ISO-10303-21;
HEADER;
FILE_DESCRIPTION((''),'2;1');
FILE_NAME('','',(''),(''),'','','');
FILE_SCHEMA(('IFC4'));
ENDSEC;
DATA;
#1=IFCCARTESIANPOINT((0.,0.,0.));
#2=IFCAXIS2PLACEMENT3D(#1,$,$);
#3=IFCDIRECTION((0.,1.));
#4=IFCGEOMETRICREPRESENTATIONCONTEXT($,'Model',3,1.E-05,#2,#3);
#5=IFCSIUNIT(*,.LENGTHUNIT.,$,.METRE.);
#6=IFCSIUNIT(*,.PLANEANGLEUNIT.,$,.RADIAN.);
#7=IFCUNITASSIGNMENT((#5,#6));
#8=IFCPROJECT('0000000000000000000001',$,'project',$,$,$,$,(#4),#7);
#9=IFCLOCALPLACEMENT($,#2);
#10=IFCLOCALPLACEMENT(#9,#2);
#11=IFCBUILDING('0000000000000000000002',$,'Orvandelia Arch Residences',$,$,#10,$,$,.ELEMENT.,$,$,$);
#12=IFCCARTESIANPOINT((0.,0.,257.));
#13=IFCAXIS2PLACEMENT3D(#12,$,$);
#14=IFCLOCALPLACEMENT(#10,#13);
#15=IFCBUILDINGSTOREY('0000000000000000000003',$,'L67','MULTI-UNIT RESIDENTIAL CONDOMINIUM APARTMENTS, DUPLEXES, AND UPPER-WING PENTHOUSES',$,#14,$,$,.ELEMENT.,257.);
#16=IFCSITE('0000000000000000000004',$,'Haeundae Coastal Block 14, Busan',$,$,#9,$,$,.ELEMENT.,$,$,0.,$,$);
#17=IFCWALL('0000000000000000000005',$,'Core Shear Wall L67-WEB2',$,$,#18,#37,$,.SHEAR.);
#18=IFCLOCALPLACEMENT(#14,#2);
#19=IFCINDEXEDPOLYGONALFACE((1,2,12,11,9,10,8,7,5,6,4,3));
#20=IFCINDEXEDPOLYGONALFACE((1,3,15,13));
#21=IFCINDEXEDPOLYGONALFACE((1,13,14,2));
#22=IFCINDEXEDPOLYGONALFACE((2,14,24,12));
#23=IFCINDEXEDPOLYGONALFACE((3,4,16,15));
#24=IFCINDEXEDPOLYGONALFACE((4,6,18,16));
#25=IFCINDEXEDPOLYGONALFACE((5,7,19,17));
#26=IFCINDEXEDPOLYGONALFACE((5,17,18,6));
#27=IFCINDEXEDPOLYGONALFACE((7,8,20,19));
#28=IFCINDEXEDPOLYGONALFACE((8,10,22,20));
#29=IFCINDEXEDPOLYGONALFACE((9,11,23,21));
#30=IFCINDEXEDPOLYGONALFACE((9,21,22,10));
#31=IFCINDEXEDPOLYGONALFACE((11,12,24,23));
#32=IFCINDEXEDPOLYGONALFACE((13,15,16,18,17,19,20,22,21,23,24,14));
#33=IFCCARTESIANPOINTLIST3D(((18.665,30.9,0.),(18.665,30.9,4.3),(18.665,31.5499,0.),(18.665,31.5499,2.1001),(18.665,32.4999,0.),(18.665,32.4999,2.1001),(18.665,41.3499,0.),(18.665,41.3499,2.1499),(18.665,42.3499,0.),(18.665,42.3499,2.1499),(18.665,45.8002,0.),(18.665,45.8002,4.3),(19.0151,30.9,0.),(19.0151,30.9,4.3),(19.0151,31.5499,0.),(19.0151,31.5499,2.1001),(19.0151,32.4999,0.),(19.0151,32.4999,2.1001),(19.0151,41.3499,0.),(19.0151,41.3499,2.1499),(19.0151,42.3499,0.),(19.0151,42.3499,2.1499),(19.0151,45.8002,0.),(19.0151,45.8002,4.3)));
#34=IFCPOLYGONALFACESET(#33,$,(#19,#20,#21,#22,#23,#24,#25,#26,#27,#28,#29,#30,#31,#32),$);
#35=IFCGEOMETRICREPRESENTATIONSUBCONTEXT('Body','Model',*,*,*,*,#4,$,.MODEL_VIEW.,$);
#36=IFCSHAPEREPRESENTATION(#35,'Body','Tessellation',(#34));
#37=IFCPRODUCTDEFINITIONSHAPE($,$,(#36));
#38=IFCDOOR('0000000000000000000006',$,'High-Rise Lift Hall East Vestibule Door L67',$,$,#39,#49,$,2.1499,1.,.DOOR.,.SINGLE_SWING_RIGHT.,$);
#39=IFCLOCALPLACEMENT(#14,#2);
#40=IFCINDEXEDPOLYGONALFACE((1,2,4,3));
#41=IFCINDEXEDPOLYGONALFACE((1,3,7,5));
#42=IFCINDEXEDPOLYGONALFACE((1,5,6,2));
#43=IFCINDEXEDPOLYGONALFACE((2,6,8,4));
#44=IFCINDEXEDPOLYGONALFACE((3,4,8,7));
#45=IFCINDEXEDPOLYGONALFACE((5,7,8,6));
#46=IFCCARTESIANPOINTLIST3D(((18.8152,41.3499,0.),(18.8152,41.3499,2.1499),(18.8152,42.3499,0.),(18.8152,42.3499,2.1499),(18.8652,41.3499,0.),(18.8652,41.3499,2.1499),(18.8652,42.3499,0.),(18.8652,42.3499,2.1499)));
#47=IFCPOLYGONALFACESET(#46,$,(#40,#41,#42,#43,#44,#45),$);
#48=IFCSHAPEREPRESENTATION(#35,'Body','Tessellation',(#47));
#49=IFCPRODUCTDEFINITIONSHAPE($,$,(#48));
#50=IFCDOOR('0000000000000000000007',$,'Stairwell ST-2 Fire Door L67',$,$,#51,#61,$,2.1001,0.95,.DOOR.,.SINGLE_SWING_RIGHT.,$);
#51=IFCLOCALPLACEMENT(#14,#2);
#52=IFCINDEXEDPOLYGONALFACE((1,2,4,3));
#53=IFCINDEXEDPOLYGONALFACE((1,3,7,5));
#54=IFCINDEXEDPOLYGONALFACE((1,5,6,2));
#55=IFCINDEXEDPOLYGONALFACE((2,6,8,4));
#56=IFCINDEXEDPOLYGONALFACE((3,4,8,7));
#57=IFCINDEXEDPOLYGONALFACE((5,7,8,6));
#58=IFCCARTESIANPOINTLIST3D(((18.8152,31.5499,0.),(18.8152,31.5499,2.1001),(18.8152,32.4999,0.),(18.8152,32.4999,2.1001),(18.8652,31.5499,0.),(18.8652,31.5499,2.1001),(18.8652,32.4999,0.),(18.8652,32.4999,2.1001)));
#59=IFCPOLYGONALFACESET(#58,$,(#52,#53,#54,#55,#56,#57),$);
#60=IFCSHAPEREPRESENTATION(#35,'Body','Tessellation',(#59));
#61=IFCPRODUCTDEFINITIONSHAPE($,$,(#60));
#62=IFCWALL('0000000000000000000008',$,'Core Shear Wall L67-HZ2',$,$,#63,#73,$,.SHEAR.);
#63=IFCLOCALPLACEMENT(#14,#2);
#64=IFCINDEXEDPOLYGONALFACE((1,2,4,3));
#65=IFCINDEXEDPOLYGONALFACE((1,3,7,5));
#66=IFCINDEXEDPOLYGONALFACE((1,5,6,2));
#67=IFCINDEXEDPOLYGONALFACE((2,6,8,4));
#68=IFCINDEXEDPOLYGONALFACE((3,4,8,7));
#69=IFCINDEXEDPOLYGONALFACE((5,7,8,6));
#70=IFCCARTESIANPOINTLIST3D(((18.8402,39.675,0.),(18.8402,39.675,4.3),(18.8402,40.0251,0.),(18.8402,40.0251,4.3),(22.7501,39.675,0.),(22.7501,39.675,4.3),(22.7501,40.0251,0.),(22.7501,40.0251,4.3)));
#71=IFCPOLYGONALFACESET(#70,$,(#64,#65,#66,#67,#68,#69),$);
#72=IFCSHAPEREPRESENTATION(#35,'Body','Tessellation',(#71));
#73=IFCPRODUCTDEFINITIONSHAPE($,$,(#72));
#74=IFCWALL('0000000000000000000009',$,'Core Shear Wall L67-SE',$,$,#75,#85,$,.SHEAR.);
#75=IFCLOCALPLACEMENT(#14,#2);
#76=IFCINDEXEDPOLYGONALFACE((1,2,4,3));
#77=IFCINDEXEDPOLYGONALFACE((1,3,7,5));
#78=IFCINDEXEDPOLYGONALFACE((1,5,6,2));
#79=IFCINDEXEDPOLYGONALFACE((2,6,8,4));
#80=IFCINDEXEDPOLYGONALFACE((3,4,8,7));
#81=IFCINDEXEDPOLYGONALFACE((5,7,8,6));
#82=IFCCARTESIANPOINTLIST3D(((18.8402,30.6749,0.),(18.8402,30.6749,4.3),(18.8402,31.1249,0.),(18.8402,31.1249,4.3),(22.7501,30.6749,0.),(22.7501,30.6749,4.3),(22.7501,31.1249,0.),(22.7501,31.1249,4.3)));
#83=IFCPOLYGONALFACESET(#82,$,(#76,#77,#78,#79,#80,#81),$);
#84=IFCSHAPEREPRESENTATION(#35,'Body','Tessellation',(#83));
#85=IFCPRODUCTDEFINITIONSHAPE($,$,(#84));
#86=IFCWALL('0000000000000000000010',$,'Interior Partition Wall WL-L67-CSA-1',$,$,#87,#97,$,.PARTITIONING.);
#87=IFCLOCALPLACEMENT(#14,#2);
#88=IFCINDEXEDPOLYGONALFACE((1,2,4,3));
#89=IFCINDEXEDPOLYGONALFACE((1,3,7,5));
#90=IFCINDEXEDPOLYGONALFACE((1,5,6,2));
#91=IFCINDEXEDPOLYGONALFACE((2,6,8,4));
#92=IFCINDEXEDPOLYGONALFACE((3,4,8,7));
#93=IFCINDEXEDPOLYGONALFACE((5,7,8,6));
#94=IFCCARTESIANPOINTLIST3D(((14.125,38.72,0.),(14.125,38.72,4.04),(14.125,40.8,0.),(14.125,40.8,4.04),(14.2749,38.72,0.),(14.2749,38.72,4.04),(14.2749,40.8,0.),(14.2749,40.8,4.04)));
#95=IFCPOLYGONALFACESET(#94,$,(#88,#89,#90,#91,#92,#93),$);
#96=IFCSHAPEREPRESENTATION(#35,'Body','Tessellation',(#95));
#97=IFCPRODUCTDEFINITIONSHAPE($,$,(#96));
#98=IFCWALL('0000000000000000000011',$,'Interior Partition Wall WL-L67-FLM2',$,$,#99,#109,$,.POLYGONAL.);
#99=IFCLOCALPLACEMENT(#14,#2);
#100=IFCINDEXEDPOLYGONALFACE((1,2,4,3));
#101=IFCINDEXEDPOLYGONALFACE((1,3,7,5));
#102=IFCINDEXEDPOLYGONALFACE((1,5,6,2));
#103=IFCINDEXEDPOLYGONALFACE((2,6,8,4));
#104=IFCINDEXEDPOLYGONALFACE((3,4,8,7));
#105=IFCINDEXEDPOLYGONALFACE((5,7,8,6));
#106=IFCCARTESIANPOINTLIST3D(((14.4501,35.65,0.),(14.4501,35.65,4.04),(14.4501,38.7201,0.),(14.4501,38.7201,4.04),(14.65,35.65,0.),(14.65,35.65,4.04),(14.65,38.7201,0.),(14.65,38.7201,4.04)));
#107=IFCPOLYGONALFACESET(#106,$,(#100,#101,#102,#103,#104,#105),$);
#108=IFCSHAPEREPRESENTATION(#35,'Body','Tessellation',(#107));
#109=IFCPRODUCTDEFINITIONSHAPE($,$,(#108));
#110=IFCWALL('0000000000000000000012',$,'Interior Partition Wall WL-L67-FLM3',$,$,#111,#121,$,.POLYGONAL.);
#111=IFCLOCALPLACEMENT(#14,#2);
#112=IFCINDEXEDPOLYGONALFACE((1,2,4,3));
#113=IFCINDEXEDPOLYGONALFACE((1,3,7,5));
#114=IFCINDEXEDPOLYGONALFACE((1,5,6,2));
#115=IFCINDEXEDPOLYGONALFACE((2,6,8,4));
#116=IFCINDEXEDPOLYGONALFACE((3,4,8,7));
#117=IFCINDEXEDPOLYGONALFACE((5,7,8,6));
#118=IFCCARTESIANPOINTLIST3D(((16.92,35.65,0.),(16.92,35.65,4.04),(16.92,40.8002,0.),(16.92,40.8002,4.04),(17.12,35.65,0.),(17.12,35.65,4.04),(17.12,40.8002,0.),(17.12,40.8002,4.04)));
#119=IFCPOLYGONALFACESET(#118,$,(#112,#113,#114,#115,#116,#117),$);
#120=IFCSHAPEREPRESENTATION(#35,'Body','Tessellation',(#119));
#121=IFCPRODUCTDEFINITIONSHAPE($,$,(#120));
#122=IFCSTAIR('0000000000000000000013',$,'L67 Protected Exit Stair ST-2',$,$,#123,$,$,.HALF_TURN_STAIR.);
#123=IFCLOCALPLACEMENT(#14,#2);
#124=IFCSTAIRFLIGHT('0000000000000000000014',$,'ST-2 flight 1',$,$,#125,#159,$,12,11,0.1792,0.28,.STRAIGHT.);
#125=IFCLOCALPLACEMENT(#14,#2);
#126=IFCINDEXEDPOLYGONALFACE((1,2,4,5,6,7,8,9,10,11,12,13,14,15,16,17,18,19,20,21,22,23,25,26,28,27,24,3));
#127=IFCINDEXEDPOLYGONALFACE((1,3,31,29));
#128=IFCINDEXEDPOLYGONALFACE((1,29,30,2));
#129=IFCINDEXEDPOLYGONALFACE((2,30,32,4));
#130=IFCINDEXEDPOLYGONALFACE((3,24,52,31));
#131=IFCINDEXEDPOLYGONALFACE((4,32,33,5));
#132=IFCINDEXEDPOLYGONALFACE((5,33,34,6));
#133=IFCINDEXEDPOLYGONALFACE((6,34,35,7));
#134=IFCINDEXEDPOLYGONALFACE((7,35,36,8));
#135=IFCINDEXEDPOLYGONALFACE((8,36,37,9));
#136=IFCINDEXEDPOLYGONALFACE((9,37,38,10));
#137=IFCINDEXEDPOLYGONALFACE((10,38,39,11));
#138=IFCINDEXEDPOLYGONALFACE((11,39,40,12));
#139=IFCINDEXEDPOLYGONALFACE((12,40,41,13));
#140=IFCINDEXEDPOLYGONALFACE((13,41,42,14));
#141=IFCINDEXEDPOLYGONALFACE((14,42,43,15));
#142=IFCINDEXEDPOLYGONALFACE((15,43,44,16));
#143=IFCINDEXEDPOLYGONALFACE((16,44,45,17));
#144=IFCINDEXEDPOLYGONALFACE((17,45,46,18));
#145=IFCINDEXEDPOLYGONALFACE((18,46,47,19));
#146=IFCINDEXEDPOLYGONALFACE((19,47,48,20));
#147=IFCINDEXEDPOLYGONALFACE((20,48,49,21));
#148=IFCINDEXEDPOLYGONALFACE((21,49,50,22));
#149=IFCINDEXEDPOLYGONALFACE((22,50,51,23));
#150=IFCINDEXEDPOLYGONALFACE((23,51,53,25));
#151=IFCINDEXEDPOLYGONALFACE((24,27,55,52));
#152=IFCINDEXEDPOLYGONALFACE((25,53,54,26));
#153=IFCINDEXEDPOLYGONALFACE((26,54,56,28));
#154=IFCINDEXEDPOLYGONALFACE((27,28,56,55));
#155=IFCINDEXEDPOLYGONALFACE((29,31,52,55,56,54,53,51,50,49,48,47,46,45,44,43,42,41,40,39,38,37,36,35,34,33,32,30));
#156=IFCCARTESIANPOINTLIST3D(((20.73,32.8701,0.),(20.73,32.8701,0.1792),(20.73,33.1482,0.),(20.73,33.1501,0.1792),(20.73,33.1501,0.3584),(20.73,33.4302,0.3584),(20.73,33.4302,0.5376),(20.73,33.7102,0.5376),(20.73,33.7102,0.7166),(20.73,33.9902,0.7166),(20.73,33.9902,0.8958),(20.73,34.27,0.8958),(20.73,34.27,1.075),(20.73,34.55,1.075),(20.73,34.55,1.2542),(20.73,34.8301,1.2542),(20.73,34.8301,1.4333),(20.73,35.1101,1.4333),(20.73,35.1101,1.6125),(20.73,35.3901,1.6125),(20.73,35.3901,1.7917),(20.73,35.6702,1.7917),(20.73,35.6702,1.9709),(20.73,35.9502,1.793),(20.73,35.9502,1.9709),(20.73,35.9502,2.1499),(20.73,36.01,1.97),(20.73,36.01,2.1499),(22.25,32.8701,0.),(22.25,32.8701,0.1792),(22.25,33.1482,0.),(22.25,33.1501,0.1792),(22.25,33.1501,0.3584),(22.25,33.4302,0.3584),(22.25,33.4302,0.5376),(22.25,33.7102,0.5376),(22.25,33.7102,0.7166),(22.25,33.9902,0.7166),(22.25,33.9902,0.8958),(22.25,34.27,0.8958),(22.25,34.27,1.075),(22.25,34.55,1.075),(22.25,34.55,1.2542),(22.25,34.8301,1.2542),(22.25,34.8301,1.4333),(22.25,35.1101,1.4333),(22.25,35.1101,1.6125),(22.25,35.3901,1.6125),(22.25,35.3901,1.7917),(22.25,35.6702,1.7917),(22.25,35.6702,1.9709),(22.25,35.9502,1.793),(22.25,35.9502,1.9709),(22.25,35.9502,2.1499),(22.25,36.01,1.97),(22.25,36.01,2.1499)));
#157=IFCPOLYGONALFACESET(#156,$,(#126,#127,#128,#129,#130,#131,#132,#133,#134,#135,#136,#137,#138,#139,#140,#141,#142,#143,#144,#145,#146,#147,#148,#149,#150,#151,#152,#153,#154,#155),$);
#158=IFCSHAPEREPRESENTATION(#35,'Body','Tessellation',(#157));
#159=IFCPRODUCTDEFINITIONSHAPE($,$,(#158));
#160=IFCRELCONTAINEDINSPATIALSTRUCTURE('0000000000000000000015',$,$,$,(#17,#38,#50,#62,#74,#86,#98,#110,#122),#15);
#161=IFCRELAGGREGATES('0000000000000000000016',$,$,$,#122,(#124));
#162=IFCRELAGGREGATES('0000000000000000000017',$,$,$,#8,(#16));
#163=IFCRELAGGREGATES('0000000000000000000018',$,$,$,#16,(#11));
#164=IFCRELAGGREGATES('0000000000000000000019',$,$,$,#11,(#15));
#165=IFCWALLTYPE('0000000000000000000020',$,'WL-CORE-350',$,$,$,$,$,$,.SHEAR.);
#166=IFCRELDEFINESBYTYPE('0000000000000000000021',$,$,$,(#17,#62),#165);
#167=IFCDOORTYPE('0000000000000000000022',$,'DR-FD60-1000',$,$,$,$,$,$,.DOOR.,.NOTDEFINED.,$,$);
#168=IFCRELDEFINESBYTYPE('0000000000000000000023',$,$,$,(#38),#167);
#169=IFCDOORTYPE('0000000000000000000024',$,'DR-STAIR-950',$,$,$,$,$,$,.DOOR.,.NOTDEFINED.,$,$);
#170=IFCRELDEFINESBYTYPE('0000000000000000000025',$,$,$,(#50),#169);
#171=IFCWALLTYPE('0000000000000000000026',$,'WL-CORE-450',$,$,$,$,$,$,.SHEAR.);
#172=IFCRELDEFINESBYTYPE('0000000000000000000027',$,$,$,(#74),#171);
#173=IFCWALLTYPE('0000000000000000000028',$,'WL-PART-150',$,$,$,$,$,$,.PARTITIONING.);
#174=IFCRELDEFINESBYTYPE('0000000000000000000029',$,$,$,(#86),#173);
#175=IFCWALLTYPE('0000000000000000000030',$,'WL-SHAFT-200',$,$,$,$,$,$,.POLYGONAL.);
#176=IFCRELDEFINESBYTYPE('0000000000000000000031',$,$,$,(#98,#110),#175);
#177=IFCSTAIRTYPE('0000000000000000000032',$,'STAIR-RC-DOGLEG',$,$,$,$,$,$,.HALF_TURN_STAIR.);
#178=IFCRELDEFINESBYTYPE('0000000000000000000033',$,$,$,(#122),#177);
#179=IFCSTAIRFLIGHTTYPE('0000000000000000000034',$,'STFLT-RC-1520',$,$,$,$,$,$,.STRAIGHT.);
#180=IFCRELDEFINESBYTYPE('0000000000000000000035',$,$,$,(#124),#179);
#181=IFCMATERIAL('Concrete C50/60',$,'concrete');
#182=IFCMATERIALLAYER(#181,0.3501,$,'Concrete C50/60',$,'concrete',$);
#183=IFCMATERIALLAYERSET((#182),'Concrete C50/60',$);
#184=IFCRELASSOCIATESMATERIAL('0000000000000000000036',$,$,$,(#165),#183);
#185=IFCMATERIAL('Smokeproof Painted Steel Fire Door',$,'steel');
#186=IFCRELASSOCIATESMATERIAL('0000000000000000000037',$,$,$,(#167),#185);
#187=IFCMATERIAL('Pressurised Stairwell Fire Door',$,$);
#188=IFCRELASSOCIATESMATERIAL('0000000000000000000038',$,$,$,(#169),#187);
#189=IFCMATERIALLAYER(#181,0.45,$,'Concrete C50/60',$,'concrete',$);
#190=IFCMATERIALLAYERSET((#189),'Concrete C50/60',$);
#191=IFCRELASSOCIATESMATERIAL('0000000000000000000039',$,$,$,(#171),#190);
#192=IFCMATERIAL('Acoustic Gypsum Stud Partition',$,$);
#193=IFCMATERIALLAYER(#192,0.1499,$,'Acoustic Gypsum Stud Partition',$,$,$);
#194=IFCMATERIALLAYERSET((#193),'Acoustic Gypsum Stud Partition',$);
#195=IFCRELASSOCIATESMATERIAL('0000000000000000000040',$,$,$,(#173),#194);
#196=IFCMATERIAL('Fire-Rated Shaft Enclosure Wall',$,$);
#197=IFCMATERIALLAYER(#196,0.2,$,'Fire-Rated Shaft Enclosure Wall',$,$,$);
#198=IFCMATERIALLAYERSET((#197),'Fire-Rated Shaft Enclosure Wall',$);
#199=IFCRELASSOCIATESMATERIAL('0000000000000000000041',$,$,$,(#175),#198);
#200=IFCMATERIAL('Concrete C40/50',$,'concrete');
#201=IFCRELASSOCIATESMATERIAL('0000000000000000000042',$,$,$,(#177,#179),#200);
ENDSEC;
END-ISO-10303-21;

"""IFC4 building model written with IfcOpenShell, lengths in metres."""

from ifc_helpers import new_model, si_unit, direction, frame, frame_2d, origin, place, context, subcontext, project, spatial, polyline, rectangle, outline, extrude, material, layer, layer_set, type_object, element, fill, aggregate, save


model = new_model("IFC4")

# Units and contexts
model_context = context("Model", 3, precision=1e-05, world=origin(), true_north=direction((0.0, 1.0)))
body_context = subcontext(model_context, "Body", "Model", "MODEL_VIEW")
ifc_project = project(units=[si_unit("LENGTHUNIT", "METRE"), si_unit("PLANEANGLEUNIT", "RADIAN")], contexts=[model_context])

# Site, building, storey
site_placement = place(None, origin())
site = spatial("IfcSite", under=ifc_project, at=site_placement, Name="Haeundae Coastal Block 14, Busan", CompositionType="ELEMENT", RefElevation=0.0)
building_placement = place(site_placement, origin())
building = spatial("IfcBuilding", under=site, at=building_placement, Name="Orvandelia Arch Residences", CompositionType="ELEMENT")
storey_placement = place(building_placement, frame((0.0, 0.0, 257.0)))
storey = spatial("IfcBuildingStorey", under=building, at=storey_placement, Name="L67", Description="MULTI-UNIT RESIDENTIAL CONDOMINIUM APARTMENTS, DUPLEXES, AND UPPER-WING PENTHOUSES", CompositionType="ELEMENT", Elevation=257.0)

# Shared definitions
ifc_material_1 = material(Name="Concrete C50/60", Category="concrete")

# Wall, openings, doors
ifc_layer_1 = layer(ifc_material_1, 0.3501, Name="Concrete C50/60", Category="concrete")
ifc_layer_set_1 = layer_set([ifc_layer_1], Name="Concrete C50/60")
wall_type_1 = type_object("IfcWallType", Name="WL-CORE-350", PredefinedType="SHEAR", material=ifc_layer_set_1)
wall_1_placement = place(storey_placement, frame((18.8401, 30.8999, 0.0), z_axis=(0.0, 0.0, 1.0), x_axis=(0.0, 1.0, 0.0)))
wall_1 = element("IfcWall", 1, at=wall_1_placement, inside=storey, type_object=wall_type_1, Name="Core Shear Wall L67-WEB2", PredefinedType="SHEAR", context=body_context, shape_type="SweptSolid", body=[
    extrude(rectangle(XDim=14.9001, YDim=0.3501, at=frame_2d((7.4502, 0.0))), origin(), (0.0, 0.0, 1.0), 4.3),
])
opening_1_placement = place(wall_1_placement, frame((0.6499, 0.0, 0.0)))
opening_1 = element("IfcOpeningElement", 2, at=opening_1_placement, cuts=wall_1, PredefinedType="OPENING", context=body_context, shape_type="SweptSolid", body=[
    extrude(rectangle(XDim=0.95, YDim=2.1001, at=frame_2d((0.4751, 1.05))), frame((0.0, 0.1851, 0.0), z_axis=(0.0, -1.0, 0.0), x_axis=(1.0, 0.0, 0.0)), (0.0, 0.0, 1.0), 0.3701),
])
opening_2_placement = place(wall_1_placement, frame((10.45, 0.0, 0.0)))
opening_2 = element("IfcOpeningElement", 3, at=opening_2_placement, cuts=wall_1, PredefinedType="OPENING", context=body_context, shape_type="SweptSolid", body=[
    extrude(rectangle(XDim=1.0, YDim=2.1499, at=frame_2d((0.5, 1.075))), frame((0.0, 0.1851, 0.0), z_axis=(0.0, -1.0, 0.0), x_axis=(1.0, 0.0, 0.0)), (0.0, 0.0, 1.0), 0.3701),
])
ifc_material_2 = material(Name="Smokeproof Painted Steel Fire Door", Category="steel")
door_type_1 = type_object("IfcDoorType", Name="DR-FD60-1000", OperationType="NOTDEFINED", PredefinedType="DOOR", material=ifc_material_2)
door_1_placement = place(opening_2_placement, origin())
door_1 = element("IfcDoor", 4, at=door_1_placement, inside=storey, type_object=door_type_1, Name="High-Rise Lift Hall East Vestibule Door L67", OperationType="SINGLE_SWING_RIGHT", OverallHeight=2.1499, OverallWidth=1.0, PredefinedType="DOOR", context=body_context, shape_type="SweptSolid", body=[
    extrude(rectangle(XDim=1.0, YDim=2.1499, at=frame_2d((0.5, 1.075))), frame((0.0, 0.0249, 0.0), z_axis=(0.0, -1.0, 0.0), x_axis=(1.0, 0.0, 0.0)), (0.0, 0.0, 1.0), 0.05),
])
fill(opening_2, door_1)
ifc_material_3 = material(Name="Pressurised Stairwell Fire Door")
door_type_2 = type_object("IfcDoorType", Name="DR-STAIR-950", OperationType="NOTDEFINED", PredefinedType="DOOR", material=ifc_material_3)
door_2_placement = place(opening_1_placement, origin())
door_2 = element("IfcDoor", 5, at=door_2_placement, inside=storey, type_object=door_type_2, Name="Stairwell ST-2 Fire Door L67", OperationType="SINGLE_SWING_RIGHT", OverallHeight=2.1001, OverallWidth=0.95, PredefinedType="DOOR", context=body_context, shape_type="SweptSolid", body=[
    extrude(rectangle(XDim=0.95, YDim=2.1001, at=frame_2d((0.4751, 1.05))), frame((0.0, 0.0249, 0.0), z_axis=(0.0, -1.0, 0.0), x_axis=(1.0, 0.0, 0.0)), (0.0, 0.0, 1.0), 0.05),
])
fill(opening_1, door_2)

# Walls
wall_2_placement = place(storey_placement, frame((18.8401, 39.8501, 0.0), z_axis=(0.0, 0.0, 1.0), x_axis=(1.0, 0.0, 0.0)))
element("IfcWall", 6, at=wall_2_placement, inside=storey, type_object=wall_type_1, Name="Core Shear Wall L67-HZ2", PredefinedType="SHEAR", context=body_context, shape_type="SweptSolid", body=[
    extrude(rectangle(XDim=3.9099, YDim=0.3501, at=frame_2d((1.9551, 0.0))), origin(), (0.0, 0.0, 1.0), 4.3),
])
ifc_layer_2 = layer(ifc_material_1, 0.45, Name="Concrete C50/60", Category="concrete")
ifc_layer_set_2 = layer_set([ifc_layer_2], Name="Concrete C50/60")
wall_type_2 = type_object("IfcWallType", Name="WL-CORE-450", PredefinedType="SHEAR", material=ifc_layer_set_2)
wall_3_placement = place(storey_placement, frame((18.8401, 30.8999, 0.0), z_axis=(0.0, 0.0, 1.0), x_axis=(1.0, 0.0, 0.0)))
element("IfcWall", 7, at=wall_3_placement, inside=storey, type_object=wall_type_2, Name="Core Shear Wall L67-SE", PredefinedType="SHEAR", context=body_context, shape_type="SweptSolid", body=[
    extrude(rectangle(XDim=3.9099, YDim=0.45, at=frame_2d((1.9551, 0.0))), origin(), (0.0, 0.0, 1.0), 4.3),
])
ifc_material_4 = material(Name="Acoustic Gypsum Stud Partition")
ifc_layer_3 = layer(ifc_material_4, 0.1499, Name="Acoustic Gypsum Stud Partition")
ifc_layer_set_3 = layer_set([ifc_layer_3], Name="Acoustic Gypsum Stud Partition")
wall_type_3 = type_object("IfcWallType", Name="WL-PART-150", PredefinedType="PARTITIONING", material=ifc_layer_set_3)
wall_4_placement = place(storey_placement, frame((14.2, 38.72, 0.0), z_axis=(0.0, 0.0, 1.0), x_axis=(0.0, 1.0, 0.0)))
element("IfcWall", 8, at=wall_4_placement, inside=storey, type_object=wall_type_3, Name="Interior Partition Wall WL-L67-CSA-1", PredefinedType="PARTITIONING", context=body_context, shape_type="SweptSolid", body=[
    extrude(rectangle(XDim=2.0801, YDim=0.1499, at=frame_2d((1.04, 0.0))), origin(), (0.0, 0.0, 1.0), 4.04),
])
ifc_material_5 = material(Name="Fire-Rated Shaft Enclosure Wall")
ifc_layer_4 = layer(ifc_material_5, 0.2, Name="Fire-Rated Shaft Enclosure Wall")
ifc_layer_set_4 = layer_set([ifc_layer_4], Name="Fire-Rated Shaft Enclosure Wall")
wall_type_4 = type_object("IfcWallType", Name="WL-SHAFT-200", PredefinedType="POLYGONAL", material=ifc_layer_set_4)
wall_5_placement = place(storey_placement, frame((14.55, 35.6499, 0.0), z_axis=(0.0, 0.0, 1.0), x_axis=(0.0, 1.0, 0.0)))
element("IfcWall", 9, at=wall_5_placement, inside=storey, type_object=wall_type_4, Name="Interior Partition Wall WL-L67-FLM2", PredefinedType="POLYGONAL", context=body_context, shape_type="SweptSolid", body=[
    extrude(rectangle(XDim=3.0701, YDim=0.2, at=frame_2d((1.5352, 0.0))), origin(), (0.0, 0.0, 1.0), 4.04),
])
wall_6_placement = place(storey_placement, frame((17.02, 35.6499, 0.0), z_axis=(0.0, 0.0, 1.0), x_axis=(0.0, 1.0, 0.0)))
element("IfcWall", 10, at=wall_6_placement, inside=storey, type_object=wall_type_4, Name="Interior Partition Wall WL-L67-FLM3", PredefinedType="POLYGONAL", context=body_context, shape_type="SweptSolid", body=[
    extrude(rectangle(XDim=5.1501, YDim=0.2, at=frame_2d((2.5752, 0.0))), origin(), (0.0, 0.0, 1.0), 4.04),
])

# Stair, stair flight
ifc_material_6 = material(Name="Concrete C40/50", Category="concrete")
stair_type = type_object("IfcStairType", Name="STAIR-RC-DOGLEG", PredefinedType="HALF_TURN_STAIR", material=ifc_material_6)
stair_placement = place(storey_placement, origin())
stair = element("IfcStair", 11, at=stair_placement, inside=storey, type_object=stair_type, Name="L67 Protected Exit Stair ST-2", PredefinedType="HALF_TURN_STAIR")
stair_flight_type = type_object("IfcStairFlightType", Name="STFLT-RC-1520", PredefinedType="STRAIGHT", material=ifc_material_6)
stair_flight_1_placement = place(storey_placement, frame((21.49, 32.8701, 0.0), z_axis=(0.0, 0.0, 1.0), x_axis=(0.0, 1.0, 0.0)))
stair_flight_1 = element("IfcStairFlight", 12, at=stair_flight_1_placement, type_object=stair_flight_type, Name="ST-2 flight 1", NumberOfRisers=12, NumberOfTreads=11, PredefinedType="STRAIGHT", RiserHeight=0.1792, TreadLength=0.28, context=body_context, shape_type="SweptSolid", body=[
    extrude(outline(polyline([(0.0, 0.0), (0.0, 0.1792), (0.28, 0.1792), (0.28, 0.3584), (0.5601, 0.3584), (0.5601, 0.5376), (0.8401, 0.5376), (0.8401, 0.7166), (1.1201, 0.7166), (1.1201, 0.8958), (1.3999, 0.8958), (1.3999, 1.075), (1.6799, 1.075), (1.6799, 1.2542), (1.96, 1.2542), (1.96, 1.4333), (2.24, 1.4333), (2.24, 1.6125), (2.52, 1.6125), (2.52, 1.7917), (2.8, 1.7917), (2.8, 1.9709), (3.0801, 1.9709), (3.0801, 2.1499), (3.1399, 2.1499), (3.1399, 1.97), (3.0801, 1.793), (0.2781, 0.0), (0.0, 0.0)])), frame((0.0, 0.76, 0.0), z_axis=(0.0, -1.0, 0.0), x_axis=(1.0, 0.0, 0.0)), (0.0, 0.0, 1.0), 1.52),
])
aggregate(stair, [stair_flight_1])

save(model, "model.ifc")
